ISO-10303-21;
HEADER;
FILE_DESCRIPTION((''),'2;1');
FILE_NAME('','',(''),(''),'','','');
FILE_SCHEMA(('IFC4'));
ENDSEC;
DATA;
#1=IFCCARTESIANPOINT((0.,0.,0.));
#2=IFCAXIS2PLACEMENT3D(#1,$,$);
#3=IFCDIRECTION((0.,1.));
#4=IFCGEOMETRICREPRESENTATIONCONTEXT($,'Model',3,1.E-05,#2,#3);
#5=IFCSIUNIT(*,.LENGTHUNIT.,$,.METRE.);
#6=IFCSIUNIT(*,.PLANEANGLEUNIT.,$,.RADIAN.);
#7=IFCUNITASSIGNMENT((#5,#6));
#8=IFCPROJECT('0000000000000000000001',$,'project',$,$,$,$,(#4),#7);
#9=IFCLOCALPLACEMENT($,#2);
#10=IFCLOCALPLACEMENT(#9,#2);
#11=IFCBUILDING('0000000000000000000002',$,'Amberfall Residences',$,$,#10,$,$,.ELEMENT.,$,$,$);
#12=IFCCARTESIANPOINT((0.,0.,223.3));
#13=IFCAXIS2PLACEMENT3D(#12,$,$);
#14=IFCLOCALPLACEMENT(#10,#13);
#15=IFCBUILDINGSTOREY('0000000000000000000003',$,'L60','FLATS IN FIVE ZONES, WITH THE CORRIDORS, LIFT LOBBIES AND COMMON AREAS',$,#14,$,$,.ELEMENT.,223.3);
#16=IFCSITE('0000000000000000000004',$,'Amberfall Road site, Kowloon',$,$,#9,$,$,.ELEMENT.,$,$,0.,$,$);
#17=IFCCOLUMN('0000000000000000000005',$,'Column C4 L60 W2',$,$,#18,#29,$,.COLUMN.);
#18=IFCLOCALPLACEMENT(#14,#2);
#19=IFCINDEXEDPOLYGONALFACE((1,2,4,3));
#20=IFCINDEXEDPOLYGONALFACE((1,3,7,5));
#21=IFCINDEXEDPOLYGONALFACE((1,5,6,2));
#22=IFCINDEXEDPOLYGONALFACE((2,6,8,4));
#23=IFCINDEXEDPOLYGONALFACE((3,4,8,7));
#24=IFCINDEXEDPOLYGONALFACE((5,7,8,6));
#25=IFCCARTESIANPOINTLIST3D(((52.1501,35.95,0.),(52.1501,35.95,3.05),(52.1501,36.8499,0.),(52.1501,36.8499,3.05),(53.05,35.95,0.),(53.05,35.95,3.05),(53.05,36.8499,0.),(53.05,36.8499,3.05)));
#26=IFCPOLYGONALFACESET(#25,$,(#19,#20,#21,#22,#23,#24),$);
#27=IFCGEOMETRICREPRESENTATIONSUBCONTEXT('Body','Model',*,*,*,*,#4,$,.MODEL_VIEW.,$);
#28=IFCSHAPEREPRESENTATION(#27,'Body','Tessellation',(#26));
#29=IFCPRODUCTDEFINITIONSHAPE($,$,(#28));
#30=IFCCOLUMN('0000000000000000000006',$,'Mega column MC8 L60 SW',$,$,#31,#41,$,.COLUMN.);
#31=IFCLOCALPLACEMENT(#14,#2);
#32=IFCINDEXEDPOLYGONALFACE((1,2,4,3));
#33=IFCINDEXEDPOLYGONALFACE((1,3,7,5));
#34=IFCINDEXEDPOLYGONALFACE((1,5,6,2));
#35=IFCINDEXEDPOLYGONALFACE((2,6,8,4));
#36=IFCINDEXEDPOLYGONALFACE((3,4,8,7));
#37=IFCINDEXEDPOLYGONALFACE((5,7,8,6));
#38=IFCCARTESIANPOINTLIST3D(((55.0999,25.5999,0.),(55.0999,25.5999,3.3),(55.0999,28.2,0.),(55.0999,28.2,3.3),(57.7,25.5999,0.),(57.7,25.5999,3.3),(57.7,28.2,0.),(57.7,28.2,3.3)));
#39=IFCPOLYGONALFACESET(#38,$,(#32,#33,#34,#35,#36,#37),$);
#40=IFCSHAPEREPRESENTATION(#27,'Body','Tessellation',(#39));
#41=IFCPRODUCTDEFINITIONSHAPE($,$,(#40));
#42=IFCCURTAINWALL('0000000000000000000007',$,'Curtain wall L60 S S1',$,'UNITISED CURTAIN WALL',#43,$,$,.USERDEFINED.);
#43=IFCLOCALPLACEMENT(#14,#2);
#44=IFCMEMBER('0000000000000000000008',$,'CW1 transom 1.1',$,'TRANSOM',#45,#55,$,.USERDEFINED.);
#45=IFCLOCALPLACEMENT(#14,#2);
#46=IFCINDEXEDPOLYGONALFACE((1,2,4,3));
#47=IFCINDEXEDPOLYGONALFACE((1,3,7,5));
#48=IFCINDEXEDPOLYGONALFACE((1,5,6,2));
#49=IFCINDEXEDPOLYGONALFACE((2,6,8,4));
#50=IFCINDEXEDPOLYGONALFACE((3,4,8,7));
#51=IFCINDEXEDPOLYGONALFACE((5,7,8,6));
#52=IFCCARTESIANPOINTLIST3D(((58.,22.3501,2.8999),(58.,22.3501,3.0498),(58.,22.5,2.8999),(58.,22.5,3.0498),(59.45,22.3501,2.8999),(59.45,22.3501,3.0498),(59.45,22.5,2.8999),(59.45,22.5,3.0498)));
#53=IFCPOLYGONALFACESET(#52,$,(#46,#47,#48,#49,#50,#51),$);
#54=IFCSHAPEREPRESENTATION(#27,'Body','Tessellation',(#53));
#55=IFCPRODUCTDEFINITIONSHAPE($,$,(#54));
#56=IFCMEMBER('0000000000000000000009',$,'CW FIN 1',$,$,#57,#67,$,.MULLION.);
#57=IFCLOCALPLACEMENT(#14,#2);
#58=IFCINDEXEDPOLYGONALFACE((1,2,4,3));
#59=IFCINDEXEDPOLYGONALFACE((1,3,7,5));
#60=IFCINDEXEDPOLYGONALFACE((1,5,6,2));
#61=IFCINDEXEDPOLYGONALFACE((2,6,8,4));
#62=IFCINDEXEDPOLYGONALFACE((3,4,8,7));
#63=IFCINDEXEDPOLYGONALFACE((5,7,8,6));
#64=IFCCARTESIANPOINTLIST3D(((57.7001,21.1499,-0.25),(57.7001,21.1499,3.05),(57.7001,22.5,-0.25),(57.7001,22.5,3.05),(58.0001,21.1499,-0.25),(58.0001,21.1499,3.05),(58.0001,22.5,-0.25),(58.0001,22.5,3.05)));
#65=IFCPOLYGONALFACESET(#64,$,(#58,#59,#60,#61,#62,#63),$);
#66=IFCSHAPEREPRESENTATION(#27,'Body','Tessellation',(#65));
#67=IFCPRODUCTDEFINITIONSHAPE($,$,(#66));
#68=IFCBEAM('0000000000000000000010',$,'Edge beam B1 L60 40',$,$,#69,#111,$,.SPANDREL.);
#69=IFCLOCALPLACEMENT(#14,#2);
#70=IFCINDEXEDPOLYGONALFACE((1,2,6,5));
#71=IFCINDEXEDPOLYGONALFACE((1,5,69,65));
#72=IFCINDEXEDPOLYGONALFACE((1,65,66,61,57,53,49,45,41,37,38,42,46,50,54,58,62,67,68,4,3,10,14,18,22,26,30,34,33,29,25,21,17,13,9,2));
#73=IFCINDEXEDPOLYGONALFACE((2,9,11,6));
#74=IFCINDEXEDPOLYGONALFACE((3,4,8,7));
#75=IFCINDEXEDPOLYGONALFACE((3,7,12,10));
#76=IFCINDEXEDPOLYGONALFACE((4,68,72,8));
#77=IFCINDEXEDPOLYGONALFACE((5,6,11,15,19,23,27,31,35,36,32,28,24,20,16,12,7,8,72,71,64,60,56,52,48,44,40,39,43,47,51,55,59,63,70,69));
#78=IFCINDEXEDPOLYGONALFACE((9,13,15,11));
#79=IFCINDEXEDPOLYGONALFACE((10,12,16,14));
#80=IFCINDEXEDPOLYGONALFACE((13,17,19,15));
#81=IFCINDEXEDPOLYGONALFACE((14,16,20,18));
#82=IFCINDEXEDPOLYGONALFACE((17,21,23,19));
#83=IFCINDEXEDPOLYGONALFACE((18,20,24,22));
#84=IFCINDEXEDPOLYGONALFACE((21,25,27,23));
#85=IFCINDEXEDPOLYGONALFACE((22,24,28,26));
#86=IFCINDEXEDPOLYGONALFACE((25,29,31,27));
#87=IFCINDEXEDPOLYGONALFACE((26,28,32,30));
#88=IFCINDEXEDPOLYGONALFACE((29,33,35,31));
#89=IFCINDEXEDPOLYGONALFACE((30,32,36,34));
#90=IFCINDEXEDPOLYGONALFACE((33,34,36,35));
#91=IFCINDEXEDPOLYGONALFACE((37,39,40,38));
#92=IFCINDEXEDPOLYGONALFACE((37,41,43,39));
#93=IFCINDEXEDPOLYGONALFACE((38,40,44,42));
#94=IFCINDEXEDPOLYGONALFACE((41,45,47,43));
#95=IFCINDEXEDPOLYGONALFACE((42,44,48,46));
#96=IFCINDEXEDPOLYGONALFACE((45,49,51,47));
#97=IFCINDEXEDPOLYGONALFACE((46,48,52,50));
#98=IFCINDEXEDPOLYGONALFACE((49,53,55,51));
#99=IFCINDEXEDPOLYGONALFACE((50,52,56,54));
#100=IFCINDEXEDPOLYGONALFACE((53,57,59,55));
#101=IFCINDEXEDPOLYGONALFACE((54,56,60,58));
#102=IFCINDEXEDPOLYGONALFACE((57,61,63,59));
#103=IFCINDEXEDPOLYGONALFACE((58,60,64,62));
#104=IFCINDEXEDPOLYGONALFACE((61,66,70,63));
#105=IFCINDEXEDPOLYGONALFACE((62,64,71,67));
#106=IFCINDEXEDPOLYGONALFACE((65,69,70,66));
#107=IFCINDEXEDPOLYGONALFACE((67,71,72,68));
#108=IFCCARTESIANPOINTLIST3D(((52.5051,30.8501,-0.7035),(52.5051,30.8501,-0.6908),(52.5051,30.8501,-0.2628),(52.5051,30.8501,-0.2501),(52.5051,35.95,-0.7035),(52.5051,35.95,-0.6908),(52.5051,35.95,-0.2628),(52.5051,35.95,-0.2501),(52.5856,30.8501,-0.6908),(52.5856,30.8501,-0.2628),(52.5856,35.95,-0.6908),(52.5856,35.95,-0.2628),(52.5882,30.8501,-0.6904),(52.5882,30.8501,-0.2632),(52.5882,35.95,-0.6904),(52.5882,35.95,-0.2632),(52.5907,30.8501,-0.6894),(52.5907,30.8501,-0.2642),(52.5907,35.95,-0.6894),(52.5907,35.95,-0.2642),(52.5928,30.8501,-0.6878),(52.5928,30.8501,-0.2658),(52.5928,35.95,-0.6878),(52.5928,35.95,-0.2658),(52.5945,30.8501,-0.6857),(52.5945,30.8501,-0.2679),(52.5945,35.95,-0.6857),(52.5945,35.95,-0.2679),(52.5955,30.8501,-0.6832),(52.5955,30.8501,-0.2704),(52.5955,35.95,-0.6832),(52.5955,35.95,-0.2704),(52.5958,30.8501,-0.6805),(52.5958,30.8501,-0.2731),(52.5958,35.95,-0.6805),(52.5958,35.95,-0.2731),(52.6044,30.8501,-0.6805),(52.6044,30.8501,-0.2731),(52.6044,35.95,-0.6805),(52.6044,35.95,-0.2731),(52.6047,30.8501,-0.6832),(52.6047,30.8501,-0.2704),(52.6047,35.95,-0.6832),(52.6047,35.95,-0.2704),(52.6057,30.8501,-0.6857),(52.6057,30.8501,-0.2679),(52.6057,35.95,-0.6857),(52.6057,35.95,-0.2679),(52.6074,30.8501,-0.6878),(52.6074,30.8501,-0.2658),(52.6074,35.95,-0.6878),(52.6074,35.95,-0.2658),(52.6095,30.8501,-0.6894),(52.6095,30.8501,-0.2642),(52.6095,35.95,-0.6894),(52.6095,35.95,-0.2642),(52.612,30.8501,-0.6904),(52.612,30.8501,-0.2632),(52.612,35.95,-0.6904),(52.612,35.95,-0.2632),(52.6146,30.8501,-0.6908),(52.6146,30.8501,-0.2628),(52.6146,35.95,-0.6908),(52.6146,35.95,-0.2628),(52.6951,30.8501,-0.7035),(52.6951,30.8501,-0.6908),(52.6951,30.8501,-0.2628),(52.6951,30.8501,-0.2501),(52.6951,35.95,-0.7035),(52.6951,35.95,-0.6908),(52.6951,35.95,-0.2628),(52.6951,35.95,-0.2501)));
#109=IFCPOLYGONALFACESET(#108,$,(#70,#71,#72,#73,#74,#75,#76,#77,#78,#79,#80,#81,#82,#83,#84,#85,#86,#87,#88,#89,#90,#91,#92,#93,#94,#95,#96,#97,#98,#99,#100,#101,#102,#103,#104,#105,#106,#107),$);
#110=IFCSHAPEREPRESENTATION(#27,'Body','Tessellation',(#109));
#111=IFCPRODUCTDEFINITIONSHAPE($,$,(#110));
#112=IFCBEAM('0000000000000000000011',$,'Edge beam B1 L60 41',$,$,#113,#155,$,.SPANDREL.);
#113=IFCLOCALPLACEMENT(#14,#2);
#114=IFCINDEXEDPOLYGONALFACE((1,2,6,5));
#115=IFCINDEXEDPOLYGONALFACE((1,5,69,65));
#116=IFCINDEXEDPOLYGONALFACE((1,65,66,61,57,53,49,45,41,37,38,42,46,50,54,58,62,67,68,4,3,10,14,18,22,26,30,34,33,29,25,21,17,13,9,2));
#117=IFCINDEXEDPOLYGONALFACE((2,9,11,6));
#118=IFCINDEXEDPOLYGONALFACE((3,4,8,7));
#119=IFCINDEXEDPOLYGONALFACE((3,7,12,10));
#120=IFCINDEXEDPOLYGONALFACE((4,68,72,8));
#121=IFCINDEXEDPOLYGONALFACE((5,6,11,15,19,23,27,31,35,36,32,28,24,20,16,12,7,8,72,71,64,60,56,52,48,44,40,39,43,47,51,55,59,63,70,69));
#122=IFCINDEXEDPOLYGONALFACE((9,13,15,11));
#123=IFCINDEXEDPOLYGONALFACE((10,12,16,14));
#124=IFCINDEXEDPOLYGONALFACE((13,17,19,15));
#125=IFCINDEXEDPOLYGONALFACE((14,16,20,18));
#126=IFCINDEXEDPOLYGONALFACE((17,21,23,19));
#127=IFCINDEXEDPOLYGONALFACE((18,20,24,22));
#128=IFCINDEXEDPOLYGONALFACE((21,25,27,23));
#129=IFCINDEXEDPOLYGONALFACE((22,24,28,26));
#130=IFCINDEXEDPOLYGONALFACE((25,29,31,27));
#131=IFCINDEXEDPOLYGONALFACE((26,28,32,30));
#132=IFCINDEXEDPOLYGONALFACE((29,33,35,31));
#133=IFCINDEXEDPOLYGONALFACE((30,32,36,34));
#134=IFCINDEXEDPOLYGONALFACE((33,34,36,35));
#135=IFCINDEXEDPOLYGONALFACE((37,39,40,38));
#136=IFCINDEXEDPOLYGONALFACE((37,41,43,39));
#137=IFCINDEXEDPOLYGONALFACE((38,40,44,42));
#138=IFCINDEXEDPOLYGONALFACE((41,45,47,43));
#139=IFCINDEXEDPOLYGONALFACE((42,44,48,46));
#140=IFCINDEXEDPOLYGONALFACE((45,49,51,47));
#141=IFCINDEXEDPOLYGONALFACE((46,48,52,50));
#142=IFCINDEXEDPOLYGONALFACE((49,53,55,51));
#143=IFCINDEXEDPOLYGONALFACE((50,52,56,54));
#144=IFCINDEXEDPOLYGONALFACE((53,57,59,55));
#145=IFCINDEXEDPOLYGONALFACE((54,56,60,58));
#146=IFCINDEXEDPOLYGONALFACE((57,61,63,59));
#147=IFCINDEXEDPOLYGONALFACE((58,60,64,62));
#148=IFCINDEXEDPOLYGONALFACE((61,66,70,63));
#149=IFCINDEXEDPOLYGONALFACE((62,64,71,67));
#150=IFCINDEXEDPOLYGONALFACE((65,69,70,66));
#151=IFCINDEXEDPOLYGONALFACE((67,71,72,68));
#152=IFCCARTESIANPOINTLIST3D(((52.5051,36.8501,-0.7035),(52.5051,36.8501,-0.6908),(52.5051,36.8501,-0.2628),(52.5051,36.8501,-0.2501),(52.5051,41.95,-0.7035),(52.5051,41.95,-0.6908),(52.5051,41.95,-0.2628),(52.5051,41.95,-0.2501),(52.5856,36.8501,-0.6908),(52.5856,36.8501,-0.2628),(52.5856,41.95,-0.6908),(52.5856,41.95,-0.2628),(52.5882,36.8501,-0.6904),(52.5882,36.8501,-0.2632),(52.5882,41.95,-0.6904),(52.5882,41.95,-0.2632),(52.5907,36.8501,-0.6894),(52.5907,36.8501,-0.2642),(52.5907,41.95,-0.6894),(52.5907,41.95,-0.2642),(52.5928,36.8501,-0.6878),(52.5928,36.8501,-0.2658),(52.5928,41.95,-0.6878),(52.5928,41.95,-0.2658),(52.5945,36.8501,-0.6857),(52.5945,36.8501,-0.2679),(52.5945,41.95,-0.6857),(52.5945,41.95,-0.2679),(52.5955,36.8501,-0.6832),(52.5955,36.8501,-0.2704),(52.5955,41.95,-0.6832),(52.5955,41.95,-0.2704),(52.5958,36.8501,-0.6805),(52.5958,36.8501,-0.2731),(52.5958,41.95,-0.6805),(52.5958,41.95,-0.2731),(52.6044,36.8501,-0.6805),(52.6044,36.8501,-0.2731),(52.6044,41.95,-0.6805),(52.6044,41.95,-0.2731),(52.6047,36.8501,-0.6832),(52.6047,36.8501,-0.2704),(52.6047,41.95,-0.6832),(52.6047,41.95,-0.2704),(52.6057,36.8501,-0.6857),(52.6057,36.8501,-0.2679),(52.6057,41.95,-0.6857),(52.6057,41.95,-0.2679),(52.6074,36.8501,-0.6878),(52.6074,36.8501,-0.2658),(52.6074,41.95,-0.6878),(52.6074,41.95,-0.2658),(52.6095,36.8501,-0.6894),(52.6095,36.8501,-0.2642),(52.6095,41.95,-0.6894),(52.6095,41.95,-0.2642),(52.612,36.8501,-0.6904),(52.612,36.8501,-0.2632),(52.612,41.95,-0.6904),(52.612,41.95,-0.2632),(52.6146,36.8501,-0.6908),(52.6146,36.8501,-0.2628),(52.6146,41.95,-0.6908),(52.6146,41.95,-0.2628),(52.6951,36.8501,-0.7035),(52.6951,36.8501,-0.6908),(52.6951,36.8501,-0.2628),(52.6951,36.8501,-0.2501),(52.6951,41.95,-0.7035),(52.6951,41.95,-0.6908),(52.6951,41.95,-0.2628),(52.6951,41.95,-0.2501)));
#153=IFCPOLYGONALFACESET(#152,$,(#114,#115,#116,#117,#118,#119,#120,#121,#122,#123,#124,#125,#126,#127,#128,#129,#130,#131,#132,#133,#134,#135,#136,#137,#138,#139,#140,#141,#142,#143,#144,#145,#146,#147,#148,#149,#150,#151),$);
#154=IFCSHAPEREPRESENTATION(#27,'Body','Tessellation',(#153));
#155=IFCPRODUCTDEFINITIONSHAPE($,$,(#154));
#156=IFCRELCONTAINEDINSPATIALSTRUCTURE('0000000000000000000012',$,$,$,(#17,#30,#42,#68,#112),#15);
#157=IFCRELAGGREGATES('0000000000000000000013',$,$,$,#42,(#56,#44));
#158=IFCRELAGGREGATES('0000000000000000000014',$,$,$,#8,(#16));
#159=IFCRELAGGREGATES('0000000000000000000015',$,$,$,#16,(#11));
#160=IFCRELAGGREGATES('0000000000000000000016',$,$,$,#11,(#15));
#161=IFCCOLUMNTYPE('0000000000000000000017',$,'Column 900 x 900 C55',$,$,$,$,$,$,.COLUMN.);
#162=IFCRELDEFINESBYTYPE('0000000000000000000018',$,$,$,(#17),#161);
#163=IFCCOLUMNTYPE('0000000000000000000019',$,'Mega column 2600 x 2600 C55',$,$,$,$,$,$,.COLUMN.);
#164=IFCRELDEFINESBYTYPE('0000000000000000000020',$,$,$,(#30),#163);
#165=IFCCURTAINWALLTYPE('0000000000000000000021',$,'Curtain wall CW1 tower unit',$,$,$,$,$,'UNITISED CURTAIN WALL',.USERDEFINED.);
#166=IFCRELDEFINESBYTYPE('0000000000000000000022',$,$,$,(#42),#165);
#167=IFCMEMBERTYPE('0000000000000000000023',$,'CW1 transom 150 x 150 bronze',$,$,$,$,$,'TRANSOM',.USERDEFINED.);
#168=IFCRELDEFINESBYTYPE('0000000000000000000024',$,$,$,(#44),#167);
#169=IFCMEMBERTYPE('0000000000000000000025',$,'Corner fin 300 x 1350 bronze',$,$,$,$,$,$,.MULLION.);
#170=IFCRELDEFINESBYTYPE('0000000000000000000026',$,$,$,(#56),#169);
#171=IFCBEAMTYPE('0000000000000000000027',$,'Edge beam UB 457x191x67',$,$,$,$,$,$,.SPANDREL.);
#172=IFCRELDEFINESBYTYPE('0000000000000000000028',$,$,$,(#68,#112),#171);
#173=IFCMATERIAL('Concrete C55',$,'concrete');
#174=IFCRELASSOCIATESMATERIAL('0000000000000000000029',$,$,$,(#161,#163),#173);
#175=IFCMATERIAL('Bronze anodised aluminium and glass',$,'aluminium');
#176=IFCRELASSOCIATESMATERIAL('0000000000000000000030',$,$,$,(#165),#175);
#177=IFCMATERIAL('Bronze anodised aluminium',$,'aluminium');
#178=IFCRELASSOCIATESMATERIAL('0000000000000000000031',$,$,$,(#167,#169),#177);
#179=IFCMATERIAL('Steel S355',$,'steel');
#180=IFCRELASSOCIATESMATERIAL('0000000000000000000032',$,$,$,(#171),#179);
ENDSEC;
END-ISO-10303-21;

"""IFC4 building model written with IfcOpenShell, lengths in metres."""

from ifc_helpers import new_model, si_unit, direction, frame, origin, origin_2d, place, context, subcontext, project, spatial, rectangle, i_section, extrude, material, material_profile, profile_set, type_object, element, aggregate, save


model = new_model("IFC4")

# Units and contexts
model_context = context("Model", 3, precision=1e-05, world=origin(), true_north=direction((0.0, 1.0)))
body_context = subcontext(model_context, "Body", "Model", "MODEL_VIEW")
ifc_project = project(units=[si_unit("LENGTHUNIT", "METRE"), si_unit("PLANEANGLEUNIT", "RADIAN")], contexts=[model_context])

# Site, building, storey
site_placement = place(None, origin())
site = spatial("IfcSite", under=ifc_project, at=site_placement, Name="Amberfall Road site, Kowloon", CompositionType="ELEMENT", RefElevation=0.0)
building_placement = place(site_placement, origin())
building = spatial("IfcBuilding", under=site, at=building_placement, Name="Amberfall Residences", CompositionType="ELEMENT")
storey_placement = place(building_placement, frame((0.0, 0.0, 223.3)))
storey = spatial("IfcBuildingStorey", under=building, at=storey_placement, Name="L60", Description="FLATS IN FIVE ZONES, WITH THE CORRIDORS, LIFT LOBBIES AND COMMON AREAS", CompositionType="ELEMENT", Elevation=223.3)

# Columns
ifc_material_1 = material(Name="Concrete C55", Category="concrete")
ifc_material_profile_1 = material_profile(ifc_material_1, rectangle(XDim=0.8999, YDim=0.8999, at=origin_2d()), Name="Column 900 x 900 C55")
ifc_profile_set_1 = profile_set([ifc_material_profile_1], Name="Concrete C55")
column_type_1 = type_object("IfcColumnType", Name="Column 900 x 900 C55", PredefinedType="COLUMN", material=ifc_profile_set_1)
column_1_placement = place(storey_placement, frame((52.6001, 36.3999, 0.0), z_axis=(0.0, 0.0, 1.0), x_axis=(1.0, 0.0, 0.0)))
element("IfcColumn", 1, at=column_1_placement, inside=storey, type_object=column_type_1, Name="Column C4 L60 W2", PredefinedType="COLUMN", context=body_context, shape_type="SweptSolid", body=[
    extrude(rectangle(XDim=0.8999, YDim=0.8999, at=origin_2d()), origin(), (0.0, 0.0, 1.0), 3.05),
])
ifc_material_profile_2 = material_profile(ifc_material_1, rectangle(XDim=2.6001, YDim=2.6001, at=origin_2d()), Name="Mega column 2600 x 2600 C55")
ifc_profile_set_2 = profile_set([ifc_material_profile_2], Name="Concrete C55")
column_type_2 = type_object("IfcColumnType", Name="Mega column 2600 x 2600 C55", PredefinedType="COLUMN", material=ifc_profile_set_2)
column_2_placement = place(storey_placement, frame((56.3999, 26.8999, 0.0), z_axis=(0.0, 0.0, 1.0), x_axis=(1.0, 0.0, 0.0)))
element("IfcColumn", 2, at=column_2_placement, inside=storey, type_object=column_type_2, Name="Mega column MC8 L60 SW", PredefinedType="COLUMN", context=body_context, shape_type="SweptSolid", body=[
    extrude(rectangle(XDim=2.6001, YDim=2.6001, at=origin_2d()), origin(), (0.0, 0.0, 1.0), 3.3),
])

# Curtain wall, members
ifc_material_2 = material(Name="Bronze anodised aluminium and glass", Category="aluminium")
curtain_wall_type = type_object("IfcCurtainWallType", Name="Curtain wall CW1 tower unit", ElementType="UNITISED CURTAIN WALL", PredefinedType="USERDEFINED", material=ifc_material_2)
curtain_wall_placement = place(storey_placement, origin())
curtain_wall = element("IfcCurtainWall", 3, at=curtain_wall_placement, inside=storey, type_object=curtain_wall_type, Name="Curtain wall L60 S S1", ObjectType="UNITISED CURTAIN WALL", PredefinedType="USERDEFINED")
ifc_material_3 = material(Name="Bronze anodised aluminium", Category="aluminium")
ifc_material_profile_3 = material_profile(ifc_material_3, rectangle(XDim=0.1499, YDim=0.1499, at=origin_2d()), Name="CW1 transom 150 x 150 bronze")
ifc_profile_set_3 = profile_set([ifc_material_profile_3], Name="Bronze anodised aluminium")
member_type_1 = type_object("IfcMemberType", Name="CW1 transom 150 x 150 bronze", ElementType="TRANSOM", PredefinedType="USERDEFINED", material=ifc_profile_set_3)
member_1_placement = place(storey_placement, frame((58.0, 22.425, 2.9749), z_axis=(1.0, 0.0, 0.0), x_axis=(0.0, 1.0, 0.0)))
member_1 = element("IfcMember", 4, at=member_1_placement, type_object=member_type_1, Name="CW1 transom 1.1", ObjectType="TRANSOM", PredefinedType="USERDEFINED", context=body_context, shape_type="SweptSolid", body=[
    extrude(rectangle(XDim=0.1499, YDim=0.1499, at=origin_2d()), origin(), (0.0, 0.0, 1.0), 1.45),
])
ifc_material_profile_4 = material_profile(ifc_material_3, rectangle(XDim=1.3501, YDim=0.3, at=origin_2d()), Name="Corner fin 300 x 1350 bronze")
ifc_profile_set_4 = profile_set([ifc_material_profile_4], Name="Bronze anodised aluminium")
member_type_2 = type_object("IfcMemberType", Name="Corner fin 300 x 1350 bronze", PredefinedType="MULLION", material=ifc_profile_set_4)
member_2_placement = place(storey_placement, frame((57.8501, 21.825, -0.25), z_axis=(0.0, 0.0, 1.0), x_axis=(0.0, 1.0, 0.0)))
member_2 = element("IfcMember", 5, at=member_2_placement, type_object=member_type_2, Name="CW FIN 1", PredefinedType="MULLION", context=body_context, shape_type="SweptSolid", body=[
    extrude(rectangle(XDim=1.3501, YDim=0.3, at=origin_2d()), origin(), (0.0, 0.0, 1.0), 3.3),
])
aggregate(curtain_wall, [member_2, member_1])

# Beams
ifc_material_4 = material(Name="Steel S355", Category="steel")
ifc_material_profile_5 = material_profile(ifc_material_4, i_section(OverallWidth=0.1899, OverallDepth=0.4534, WebThickness=0.0085, FlangeThickness=0.0127, FilletRadius=0.0103, at=origin_2d()), Name="UB 457x191x67")
ifc_profile_set_5 = profile_set([ifc_material_profile_5], Name="Steel S355")
beam_type_1 = type_object("IfcBeamType", Name="Edge beam UB 457x191x67", PredefinedType="SPANDREL", material=ifc_profile_set_5)
for number, where, z_axis, x_axis, name in (
    (6, (52.6001, 30.8501, -0.4768), (0.0, 1.0, 0.0), (-1.0, 0.0, 0.0), "Edge beam B1 L60 40"),
    (7, (52.6001, 36.8501, -0.4768), (0.0, 1.0, 0.0), (-1.0, 0.0, 0.0), "Edge beam B1 L60 41"),
):
    element("IfcBeam", number, at=place(storey_placement, frame(where, z_axis=z_axis, x_axis=x_axis)), inside=storey, type_object=beam_type_1, Name=name, PredefinedType="SPANDREL", context=body_context, shape_type="SweptSolid", body=[
        extrude(i_section(OverallWidth=0.1899, OverallDepth=0.4534, WebThickness=0.0085, FlangeThickness=0.0127, FilletRadius=0.0103, at=origin_2d()), origin(), (0.0, 0.0, 1.0), 5.0999),
    ])

save(model, "model.ifc")
